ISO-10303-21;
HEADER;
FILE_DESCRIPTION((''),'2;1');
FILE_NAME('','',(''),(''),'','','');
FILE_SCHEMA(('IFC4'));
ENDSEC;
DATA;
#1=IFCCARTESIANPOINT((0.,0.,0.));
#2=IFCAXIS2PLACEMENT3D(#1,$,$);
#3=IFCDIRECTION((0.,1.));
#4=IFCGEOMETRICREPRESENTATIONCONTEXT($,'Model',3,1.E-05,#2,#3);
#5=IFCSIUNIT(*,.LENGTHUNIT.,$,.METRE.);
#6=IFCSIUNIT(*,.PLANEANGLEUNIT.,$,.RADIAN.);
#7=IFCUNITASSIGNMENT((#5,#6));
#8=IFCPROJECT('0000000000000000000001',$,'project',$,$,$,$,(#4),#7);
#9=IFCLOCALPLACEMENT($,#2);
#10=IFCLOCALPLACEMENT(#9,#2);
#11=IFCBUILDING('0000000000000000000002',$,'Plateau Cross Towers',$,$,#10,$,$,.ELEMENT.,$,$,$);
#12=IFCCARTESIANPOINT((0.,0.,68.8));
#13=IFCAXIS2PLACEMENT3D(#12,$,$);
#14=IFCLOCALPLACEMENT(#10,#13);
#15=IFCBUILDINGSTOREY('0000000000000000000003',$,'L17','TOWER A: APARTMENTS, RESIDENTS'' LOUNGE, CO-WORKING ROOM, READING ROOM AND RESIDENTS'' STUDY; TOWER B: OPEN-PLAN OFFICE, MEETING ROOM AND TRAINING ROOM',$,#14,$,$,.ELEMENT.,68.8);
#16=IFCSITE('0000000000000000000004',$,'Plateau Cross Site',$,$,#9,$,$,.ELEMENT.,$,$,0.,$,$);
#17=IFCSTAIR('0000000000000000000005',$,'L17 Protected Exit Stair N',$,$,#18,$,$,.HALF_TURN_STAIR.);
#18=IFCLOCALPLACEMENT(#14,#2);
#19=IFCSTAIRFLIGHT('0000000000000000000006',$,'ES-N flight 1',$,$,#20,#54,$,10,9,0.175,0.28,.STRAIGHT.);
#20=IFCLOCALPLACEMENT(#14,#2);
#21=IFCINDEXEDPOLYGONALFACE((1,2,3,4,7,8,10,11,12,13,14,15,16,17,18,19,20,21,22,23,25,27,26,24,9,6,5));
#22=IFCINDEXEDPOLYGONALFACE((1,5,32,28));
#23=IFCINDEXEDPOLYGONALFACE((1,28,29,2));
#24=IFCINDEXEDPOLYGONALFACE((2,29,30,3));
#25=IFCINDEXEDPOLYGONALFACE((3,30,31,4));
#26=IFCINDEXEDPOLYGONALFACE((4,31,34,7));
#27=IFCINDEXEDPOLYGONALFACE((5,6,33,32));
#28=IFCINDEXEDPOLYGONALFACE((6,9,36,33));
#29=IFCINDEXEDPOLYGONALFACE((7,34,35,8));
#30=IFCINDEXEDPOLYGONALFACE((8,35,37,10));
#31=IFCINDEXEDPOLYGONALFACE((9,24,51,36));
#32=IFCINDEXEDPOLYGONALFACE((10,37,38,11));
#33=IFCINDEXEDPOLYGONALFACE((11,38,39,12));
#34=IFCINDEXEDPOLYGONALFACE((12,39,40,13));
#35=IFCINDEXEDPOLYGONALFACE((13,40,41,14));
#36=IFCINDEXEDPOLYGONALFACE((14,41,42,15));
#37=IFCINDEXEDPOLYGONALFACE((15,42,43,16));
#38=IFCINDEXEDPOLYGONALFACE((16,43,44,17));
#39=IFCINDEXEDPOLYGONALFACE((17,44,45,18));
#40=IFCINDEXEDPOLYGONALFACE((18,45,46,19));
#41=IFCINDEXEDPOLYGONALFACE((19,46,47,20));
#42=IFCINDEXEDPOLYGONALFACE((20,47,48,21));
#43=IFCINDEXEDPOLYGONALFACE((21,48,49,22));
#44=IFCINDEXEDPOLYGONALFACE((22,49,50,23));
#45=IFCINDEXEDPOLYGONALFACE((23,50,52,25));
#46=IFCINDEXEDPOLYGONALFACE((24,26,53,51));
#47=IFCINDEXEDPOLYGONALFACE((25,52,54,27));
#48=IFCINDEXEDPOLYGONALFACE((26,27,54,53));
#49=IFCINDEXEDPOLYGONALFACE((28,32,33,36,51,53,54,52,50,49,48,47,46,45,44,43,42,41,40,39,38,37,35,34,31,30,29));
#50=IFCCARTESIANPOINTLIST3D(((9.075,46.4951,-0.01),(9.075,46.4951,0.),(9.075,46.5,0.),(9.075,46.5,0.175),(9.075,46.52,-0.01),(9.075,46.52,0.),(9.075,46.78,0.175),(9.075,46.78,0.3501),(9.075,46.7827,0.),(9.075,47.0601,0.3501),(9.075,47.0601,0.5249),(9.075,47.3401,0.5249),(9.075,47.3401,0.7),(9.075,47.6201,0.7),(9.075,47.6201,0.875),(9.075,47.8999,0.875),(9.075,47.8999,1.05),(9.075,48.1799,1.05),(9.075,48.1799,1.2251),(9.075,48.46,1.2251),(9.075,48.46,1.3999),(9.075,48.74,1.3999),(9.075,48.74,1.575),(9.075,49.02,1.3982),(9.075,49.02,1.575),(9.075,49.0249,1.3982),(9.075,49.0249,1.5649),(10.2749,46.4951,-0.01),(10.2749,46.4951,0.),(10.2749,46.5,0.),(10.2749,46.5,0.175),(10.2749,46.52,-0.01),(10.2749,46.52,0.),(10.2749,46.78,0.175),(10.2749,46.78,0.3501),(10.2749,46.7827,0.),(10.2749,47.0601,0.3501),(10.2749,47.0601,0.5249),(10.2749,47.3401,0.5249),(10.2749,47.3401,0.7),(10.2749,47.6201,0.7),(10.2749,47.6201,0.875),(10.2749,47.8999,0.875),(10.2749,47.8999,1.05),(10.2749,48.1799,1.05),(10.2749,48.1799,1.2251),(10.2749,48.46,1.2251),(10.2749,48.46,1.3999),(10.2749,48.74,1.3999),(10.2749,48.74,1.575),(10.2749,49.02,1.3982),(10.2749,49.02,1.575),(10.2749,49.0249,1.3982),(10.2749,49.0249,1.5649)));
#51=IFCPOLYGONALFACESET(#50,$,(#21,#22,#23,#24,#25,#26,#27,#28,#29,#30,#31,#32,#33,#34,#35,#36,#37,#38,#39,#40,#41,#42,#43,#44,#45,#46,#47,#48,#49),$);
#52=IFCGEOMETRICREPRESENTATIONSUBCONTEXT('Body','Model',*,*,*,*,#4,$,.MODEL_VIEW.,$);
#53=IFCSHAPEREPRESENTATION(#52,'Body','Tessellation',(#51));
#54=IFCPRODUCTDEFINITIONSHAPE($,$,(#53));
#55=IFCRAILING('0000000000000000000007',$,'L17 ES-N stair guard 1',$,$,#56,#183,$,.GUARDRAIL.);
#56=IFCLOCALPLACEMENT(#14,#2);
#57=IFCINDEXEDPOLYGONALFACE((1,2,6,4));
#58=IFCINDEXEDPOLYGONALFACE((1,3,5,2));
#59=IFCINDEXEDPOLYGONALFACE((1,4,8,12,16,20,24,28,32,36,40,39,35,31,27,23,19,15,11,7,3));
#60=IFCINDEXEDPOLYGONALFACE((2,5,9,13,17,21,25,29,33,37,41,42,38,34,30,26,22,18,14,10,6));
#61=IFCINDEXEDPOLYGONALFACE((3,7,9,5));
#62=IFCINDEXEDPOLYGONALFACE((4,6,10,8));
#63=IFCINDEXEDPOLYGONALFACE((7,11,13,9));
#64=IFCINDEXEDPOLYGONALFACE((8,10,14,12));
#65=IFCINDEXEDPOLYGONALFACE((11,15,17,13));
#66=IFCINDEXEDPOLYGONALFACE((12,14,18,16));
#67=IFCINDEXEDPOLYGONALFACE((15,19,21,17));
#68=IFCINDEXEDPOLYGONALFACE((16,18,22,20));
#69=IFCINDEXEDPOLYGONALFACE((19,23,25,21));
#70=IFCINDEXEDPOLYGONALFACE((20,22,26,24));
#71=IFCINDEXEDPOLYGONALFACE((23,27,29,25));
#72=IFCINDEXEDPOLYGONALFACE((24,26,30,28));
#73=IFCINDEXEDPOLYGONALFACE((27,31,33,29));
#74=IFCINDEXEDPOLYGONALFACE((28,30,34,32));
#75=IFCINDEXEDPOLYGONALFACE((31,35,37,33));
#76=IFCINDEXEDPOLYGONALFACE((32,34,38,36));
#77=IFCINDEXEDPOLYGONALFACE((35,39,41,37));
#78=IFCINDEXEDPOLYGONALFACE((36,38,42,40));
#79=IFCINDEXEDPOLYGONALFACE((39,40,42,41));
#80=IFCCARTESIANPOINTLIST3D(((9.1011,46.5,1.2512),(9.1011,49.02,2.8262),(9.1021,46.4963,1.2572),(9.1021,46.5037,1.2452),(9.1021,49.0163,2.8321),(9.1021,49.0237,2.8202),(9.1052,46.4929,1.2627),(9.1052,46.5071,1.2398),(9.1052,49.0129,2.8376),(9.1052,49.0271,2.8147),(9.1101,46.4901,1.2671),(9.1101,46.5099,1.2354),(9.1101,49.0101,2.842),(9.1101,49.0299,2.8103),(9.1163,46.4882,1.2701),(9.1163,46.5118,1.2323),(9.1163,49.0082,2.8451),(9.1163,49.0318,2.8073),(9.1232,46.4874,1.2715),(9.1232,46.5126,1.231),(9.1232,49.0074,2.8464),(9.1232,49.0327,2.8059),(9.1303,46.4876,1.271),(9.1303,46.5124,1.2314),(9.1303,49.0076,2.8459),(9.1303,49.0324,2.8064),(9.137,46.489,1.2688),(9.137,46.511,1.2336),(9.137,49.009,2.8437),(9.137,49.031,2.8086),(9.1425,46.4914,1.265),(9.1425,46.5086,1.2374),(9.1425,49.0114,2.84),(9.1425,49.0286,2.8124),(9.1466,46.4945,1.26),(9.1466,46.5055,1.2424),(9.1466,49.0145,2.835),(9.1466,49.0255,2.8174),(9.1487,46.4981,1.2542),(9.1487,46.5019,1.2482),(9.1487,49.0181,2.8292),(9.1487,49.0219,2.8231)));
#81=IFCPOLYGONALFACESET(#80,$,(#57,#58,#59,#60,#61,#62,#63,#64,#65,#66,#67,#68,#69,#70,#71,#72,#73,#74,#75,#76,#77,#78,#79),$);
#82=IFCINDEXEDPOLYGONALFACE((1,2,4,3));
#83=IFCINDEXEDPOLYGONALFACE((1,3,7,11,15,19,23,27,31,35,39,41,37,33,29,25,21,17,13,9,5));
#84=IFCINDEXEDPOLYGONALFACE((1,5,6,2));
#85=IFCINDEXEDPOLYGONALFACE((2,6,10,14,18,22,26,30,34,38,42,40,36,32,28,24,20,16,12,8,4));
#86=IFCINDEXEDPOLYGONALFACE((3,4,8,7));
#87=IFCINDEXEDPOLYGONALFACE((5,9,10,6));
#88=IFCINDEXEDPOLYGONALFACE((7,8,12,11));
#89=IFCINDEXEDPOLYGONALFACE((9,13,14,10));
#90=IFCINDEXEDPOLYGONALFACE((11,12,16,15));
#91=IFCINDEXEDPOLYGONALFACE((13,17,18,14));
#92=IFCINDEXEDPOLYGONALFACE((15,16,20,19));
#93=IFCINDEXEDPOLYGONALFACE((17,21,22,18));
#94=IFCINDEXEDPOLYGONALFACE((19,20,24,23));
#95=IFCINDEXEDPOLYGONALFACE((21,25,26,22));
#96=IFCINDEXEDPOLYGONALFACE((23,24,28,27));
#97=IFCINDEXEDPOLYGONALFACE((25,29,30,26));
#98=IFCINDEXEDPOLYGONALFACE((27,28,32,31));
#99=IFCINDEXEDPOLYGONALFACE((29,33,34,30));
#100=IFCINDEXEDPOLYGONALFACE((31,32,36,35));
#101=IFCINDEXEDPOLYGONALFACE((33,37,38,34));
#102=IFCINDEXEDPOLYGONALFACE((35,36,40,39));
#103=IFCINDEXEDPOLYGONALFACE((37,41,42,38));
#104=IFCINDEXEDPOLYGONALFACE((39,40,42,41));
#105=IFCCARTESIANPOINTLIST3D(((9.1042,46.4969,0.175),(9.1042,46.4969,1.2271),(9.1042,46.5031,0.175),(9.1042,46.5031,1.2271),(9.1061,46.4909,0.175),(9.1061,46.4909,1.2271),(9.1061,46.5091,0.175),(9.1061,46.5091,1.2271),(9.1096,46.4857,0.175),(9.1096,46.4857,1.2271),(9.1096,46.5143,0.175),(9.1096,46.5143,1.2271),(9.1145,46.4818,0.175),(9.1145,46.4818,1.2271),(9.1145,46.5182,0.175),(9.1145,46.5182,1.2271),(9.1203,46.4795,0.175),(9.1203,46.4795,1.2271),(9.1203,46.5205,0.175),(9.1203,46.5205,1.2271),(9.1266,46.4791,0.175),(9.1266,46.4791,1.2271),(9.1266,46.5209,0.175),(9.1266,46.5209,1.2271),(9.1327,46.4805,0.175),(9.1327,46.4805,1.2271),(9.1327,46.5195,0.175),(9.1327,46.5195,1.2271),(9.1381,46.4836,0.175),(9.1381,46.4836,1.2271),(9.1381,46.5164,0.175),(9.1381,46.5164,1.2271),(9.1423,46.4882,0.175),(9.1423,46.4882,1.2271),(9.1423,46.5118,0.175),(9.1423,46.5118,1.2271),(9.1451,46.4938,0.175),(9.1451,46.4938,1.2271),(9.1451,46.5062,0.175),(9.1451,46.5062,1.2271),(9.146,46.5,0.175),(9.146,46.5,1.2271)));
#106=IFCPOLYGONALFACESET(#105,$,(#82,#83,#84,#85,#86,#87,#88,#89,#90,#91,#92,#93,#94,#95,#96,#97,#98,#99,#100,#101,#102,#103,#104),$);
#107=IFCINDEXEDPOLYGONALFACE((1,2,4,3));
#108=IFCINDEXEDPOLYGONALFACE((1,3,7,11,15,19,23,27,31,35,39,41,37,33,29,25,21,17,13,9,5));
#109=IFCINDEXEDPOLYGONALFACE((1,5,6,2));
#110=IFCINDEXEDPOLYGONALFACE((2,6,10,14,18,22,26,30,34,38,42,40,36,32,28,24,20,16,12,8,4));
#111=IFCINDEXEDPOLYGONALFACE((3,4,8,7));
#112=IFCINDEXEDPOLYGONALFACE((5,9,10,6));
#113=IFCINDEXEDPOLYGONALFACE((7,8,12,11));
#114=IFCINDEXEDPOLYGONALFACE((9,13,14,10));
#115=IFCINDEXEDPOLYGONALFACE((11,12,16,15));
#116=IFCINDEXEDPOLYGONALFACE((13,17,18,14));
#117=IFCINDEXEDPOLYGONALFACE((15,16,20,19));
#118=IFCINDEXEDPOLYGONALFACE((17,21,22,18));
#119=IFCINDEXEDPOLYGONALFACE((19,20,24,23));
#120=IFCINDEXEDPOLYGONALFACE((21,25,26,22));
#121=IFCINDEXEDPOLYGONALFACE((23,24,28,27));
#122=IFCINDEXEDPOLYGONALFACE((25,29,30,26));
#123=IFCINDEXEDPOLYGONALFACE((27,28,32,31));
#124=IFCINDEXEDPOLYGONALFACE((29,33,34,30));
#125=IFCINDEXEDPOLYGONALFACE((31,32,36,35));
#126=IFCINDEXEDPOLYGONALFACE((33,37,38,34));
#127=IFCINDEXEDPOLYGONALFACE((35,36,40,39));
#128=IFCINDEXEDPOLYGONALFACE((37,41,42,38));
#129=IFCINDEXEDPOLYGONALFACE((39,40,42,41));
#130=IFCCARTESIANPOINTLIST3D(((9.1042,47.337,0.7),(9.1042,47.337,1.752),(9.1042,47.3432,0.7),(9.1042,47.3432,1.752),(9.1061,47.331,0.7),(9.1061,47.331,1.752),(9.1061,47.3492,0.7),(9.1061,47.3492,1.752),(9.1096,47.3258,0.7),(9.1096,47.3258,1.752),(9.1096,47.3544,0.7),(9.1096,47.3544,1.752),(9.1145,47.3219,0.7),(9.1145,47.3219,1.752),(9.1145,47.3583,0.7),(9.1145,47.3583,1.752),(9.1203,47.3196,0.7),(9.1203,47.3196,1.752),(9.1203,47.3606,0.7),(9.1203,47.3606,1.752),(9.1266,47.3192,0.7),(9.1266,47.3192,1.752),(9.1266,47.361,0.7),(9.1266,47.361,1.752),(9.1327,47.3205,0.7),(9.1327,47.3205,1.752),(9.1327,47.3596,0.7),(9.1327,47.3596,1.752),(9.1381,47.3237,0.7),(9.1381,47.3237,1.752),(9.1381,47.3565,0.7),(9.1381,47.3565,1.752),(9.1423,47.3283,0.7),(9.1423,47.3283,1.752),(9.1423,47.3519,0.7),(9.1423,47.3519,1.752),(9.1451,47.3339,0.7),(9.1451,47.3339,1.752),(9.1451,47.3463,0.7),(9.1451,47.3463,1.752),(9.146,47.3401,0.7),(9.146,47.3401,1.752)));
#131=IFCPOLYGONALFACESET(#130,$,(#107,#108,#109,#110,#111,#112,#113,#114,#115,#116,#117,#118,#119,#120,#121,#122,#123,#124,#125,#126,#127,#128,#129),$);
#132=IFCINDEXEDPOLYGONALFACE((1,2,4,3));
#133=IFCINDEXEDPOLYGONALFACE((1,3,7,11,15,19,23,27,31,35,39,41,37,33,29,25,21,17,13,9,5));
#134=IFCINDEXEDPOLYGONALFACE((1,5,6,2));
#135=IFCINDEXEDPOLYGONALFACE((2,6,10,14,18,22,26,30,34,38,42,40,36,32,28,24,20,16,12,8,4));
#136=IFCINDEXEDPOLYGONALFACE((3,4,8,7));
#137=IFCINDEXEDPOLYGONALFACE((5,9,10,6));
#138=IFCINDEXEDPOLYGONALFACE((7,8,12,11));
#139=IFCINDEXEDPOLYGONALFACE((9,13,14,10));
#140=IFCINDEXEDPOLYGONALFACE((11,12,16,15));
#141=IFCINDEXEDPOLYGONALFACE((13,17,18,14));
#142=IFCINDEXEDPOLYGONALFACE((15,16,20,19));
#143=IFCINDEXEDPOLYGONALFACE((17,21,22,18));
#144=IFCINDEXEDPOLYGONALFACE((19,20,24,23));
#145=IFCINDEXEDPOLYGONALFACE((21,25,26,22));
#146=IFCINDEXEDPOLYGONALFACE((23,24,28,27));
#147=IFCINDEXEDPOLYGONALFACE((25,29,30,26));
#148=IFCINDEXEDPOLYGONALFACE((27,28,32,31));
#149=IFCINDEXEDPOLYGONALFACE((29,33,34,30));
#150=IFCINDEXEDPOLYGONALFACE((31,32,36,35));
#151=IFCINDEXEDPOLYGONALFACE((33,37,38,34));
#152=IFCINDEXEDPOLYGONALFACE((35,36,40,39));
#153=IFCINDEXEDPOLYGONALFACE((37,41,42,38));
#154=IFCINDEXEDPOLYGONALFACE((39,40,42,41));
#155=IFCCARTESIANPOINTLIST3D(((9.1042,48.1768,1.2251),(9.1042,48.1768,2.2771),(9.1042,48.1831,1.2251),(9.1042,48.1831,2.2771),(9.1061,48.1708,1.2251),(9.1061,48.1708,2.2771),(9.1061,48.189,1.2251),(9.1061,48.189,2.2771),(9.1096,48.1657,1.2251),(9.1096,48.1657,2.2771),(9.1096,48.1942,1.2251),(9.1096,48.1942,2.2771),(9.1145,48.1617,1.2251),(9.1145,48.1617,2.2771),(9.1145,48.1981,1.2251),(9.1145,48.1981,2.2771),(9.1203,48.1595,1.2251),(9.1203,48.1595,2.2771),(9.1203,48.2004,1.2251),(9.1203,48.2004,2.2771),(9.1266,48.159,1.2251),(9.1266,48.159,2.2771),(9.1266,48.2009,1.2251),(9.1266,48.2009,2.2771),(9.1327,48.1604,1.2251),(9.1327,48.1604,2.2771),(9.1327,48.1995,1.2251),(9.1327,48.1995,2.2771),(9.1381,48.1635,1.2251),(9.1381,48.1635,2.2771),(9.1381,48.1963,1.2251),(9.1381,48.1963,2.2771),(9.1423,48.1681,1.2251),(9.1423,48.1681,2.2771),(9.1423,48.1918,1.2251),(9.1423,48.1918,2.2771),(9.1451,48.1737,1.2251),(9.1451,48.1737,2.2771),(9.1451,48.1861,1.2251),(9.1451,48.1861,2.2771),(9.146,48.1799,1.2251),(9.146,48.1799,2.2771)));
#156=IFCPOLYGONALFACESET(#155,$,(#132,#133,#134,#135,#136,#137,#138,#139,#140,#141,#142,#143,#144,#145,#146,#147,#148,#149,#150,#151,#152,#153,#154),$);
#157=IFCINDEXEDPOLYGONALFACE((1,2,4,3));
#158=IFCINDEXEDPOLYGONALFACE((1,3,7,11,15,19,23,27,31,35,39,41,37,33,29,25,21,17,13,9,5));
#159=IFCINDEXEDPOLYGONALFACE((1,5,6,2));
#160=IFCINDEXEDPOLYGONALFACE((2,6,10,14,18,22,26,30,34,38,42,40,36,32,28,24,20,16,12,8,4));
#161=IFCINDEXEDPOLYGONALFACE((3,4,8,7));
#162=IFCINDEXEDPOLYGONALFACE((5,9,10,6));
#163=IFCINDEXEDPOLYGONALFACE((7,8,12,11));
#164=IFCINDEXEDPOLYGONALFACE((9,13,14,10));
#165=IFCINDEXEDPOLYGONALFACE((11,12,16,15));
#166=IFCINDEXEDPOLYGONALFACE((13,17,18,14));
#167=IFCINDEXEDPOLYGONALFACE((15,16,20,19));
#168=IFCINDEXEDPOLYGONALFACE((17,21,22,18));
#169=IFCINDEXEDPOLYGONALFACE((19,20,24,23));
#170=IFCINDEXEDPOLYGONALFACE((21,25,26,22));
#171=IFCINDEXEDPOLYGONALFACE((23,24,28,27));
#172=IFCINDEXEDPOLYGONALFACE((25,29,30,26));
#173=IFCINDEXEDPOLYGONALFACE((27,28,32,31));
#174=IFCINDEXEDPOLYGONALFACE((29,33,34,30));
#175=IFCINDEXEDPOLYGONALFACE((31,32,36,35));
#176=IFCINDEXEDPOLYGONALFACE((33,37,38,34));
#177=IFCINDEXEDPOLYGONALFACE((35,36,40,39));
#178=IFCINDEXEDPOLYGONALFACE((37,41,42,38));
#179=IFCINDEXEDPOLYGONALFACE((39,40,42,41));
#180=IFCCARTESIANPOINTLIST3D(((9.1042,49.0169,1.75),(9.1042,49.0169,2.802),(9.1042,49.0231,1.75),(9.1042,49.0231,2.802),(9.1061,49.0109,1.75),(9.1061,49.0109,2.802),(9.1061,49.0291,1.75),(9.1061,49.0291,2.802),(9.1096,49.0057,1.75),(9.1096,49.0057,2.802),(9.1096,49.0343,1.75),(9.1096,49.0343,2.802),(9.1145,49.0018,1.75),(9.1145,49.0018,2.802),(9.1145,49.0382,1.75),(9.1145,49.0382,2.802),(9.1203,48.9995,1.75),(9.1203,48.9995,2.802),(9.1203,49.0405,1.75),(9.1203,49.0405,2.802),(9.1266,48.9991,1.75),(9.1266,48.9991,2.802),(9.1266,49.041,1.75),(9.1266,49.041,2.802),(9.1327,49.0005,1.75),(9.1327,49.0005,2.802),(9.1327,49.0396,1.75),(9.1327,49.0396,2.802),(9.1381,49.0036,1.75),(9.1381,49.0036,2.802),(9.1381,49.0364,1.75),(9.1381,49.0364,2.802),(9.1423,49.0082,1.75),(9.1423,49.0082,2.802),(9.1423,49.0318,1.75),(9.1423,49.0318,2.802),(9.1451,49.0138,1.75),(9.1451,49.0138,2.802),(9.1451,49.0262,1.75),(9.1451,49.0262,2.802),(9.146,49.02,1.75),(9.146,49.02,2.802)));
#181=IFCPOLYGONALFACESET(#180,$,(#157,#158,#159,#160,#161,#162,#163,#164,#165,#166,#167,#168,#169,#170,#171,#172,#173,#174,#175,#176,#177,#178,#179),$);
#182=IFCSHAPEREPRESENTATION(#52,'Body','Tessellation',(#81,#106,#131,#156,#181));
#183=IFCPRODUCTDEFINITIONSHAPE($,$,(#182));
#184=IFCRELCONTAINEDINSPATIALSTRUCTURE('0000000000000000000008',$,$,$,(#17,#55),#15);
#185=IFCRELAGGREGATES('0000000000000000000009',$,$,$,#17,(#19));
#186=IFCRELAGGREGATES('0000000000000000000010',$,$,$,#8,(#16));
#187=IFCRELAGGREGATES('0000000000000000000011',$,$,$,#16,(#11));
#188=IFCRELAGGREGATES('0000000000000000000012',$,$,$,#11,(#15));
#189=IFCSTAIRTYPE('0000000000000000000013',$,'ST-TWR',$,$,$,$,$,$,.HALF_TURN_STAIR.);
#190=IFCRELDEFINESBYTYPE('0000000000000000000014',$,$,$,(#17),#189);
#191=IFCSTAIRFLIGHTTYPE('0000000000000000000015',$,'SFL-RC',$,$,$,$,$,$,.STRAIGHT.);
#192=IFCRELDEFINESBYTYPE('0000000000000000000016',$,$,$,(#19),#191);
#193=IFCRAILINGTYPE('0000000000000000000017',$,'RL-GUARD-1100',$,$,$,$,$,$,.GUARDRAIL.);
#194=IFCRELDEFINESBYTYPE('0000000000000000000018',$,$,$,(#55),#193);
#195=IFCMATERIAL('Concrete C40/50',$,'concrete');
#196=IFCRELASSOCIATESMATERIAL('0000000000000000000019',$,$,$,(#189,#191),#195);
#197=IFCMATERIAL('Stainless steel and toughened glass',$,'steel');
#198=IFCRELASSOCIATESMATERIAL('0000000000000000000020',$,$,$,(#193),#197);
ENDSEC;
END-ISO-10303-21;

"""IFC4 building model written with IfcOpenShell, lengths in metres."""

from ifc_helpers import new_model, si_unit, direction, frame, origin, origin_2d, place, context, subcontext, project, spatial, polyline, circle, outline, extrude, material, type_object, element, aggregate, save


model = new_model("IFC4")

# Units and contexts
model_context = context("Model", 3, precision=1e-05, world=origin(), true_north=direction((0.0, 1.0)))
body_context = subcontext(model_context, "Body", "Model", "MODEL_VIEW")
ifc_project = project(units=[si_unit("LENGTHUNIT", "METRE"), si_unit("PLANEANGLEUNIT", "RADIAN")], contexts=[model_context])

# Site, building, storey
site_placement = place(None, origin())
site = spatial("IfcSite", under=ifc_project, at=site_placement, Name="Plateau Cross Site", CompositionType="ELEMENT", RefElevation=0.0)
building_placement = place(site_placement, origin())
building = spatial("IfcBuilding", under=site, at=building_placement, Name="Plateau Cross Towers", CompositionType="ELEMENT")
storey_placement = place(building_placement, frame((0.0, 0.0, 68.8)))
storey = spatial("IfcBuildingStorey", under=building, at=storey_placement, Name="L17", Description="TOWER A: APARTMENTS, RESIDENTS' LOUNGE, CO-WORKING ROOM, READING ROOM AND RESIDENTS' STUDY; TOWER B: OPEN-PLAN OFFICE, MEETING ROOM AND TRAINING ROOM", CompositionType="ELEMENT", Elevation=68.8)

# Stair, stair flight
ifc_material_1 = material(Name="Concrete C40/50", Category="concrete")
stair_type = type_object("IfcStairType", Name="ST-TWR", PredefinedType="HALF_TURN_STAIR", material=ifc_material_1)
stair_placement = place(storey_placement, origin())
stair = element("IfcStair", 1, at=stair_placement, inside=storey, type_object=stair_type, Name="L17 Protected Exit Stair N", PredefinedType="HALF_TURN_STAIR")
stair_flight_type = type_object("IfcStairFlightType", Name="SFL-RC", PredefinedType="STRAIGHT", material=ifc_material_1)
stair_flight_placement = place(storey_placement, frame((9.675, 46.5, 0.0), z_axis=(0.0, 0.0, 1.0), x_axis=(0.0, 1.0, 0.0)))
stair_flight = element("IfcStairFlight", 2, at=stair_flight_placement, type_object=stair_flight_type, Name="ES-N flight 1", NumberOfRisers=10, NumberOfTreads=9, PredefinedType="STRAIGHT", RiserHeight=0.175, TreadLength=0.28, context=body_context, shape_type="SweptSolid", body=[
    extrude(outline(polyline([(-0.0049, -0.01), (-0.0049, 0.0), (0.0, 0.0), (0.0, 0.175), (0.28, 0.175), (0.28, 0.3501), (0.5601, 0.3501), (0.5601, 0.5249), (0.8401, 0.5249), (0.8401, 0.7), (1.1201, 0.7), (1.1201, 0.875), (1.3999, 0.875), (1.3999, 1.05), (1.6799, 1.05), (1.6799, 1.2251), (1.96, 1.2251), (1.96, 1.3999), (2.24, 1.3999), (2.24, 1.575), (2.52, 1.575), (2.5249, 1.5649), (2.5249, 1.3982), (2.52, 1.3982), (0.2827, 0.0), (0.02, 0.0), (0.02, -0.01), (-0.0049, -0.01)])), frame((0.0, 0.6001, 0.0), z_axis=(0.0, -1.0, 0.0), x_axis=(1.0, 0.0, 0.0)), (0.0, 0.0, 1.0), 1.2),
])
aggregate(stair, [stair_flight])

# Railing
ifc_material_2 = material(Name="Stainless steel and toughened glass", Category="steel")
railing_type_1 = type_object("IfcRailingType", Name="RL-GUARD-1100", PredefinedType="GUARDRAIL", material=ifc_material_2)
railing_1_placement = place(storey_placement, frame((9.125, 46.5, 0.175)))
element("IfcRailing", 3, at=railing_1_placement, inside=storey, type_object=railing_type_1, Name="L17 ES-N stair guard 1", PredefinedType="GUARDRAIL", context=body_context, shape_type="SweptSolid", body=[
    extrude(circle(Radius=0.0239, at=origin_2d()), frame((0.0, 0.0, 1.0762), z_axis=(0.0, 0.848008, 0.529984), x_axis=(-1.0, 0.0, 0.0)), (0.0, 0.0, 1.0), 2.9717),
    extrude(circle(Radius=0.021, at=origin_2d()), origin(), (0.0, 0.0, 1.0), 1.052),
    extrude(circle(Radius=0.021, at=origin_2d()), frame((0.0, 0.8401, 0.5249)), (0.0, 0.0, 1.0), 1.052),
    extrude(circle(Radius=0.021, at=origin_2d()), frame((0.0, 1.6799, 1.05)), (0.0, 0.0, 1.0), 1.052),
    extrude(circle(Radius=0.021, at=origin_2d()), frame((0.0, 2.52, 1.575)), (0.0, 0.0, 1.0), 1.052),
])

save(model, "model.ifc")
